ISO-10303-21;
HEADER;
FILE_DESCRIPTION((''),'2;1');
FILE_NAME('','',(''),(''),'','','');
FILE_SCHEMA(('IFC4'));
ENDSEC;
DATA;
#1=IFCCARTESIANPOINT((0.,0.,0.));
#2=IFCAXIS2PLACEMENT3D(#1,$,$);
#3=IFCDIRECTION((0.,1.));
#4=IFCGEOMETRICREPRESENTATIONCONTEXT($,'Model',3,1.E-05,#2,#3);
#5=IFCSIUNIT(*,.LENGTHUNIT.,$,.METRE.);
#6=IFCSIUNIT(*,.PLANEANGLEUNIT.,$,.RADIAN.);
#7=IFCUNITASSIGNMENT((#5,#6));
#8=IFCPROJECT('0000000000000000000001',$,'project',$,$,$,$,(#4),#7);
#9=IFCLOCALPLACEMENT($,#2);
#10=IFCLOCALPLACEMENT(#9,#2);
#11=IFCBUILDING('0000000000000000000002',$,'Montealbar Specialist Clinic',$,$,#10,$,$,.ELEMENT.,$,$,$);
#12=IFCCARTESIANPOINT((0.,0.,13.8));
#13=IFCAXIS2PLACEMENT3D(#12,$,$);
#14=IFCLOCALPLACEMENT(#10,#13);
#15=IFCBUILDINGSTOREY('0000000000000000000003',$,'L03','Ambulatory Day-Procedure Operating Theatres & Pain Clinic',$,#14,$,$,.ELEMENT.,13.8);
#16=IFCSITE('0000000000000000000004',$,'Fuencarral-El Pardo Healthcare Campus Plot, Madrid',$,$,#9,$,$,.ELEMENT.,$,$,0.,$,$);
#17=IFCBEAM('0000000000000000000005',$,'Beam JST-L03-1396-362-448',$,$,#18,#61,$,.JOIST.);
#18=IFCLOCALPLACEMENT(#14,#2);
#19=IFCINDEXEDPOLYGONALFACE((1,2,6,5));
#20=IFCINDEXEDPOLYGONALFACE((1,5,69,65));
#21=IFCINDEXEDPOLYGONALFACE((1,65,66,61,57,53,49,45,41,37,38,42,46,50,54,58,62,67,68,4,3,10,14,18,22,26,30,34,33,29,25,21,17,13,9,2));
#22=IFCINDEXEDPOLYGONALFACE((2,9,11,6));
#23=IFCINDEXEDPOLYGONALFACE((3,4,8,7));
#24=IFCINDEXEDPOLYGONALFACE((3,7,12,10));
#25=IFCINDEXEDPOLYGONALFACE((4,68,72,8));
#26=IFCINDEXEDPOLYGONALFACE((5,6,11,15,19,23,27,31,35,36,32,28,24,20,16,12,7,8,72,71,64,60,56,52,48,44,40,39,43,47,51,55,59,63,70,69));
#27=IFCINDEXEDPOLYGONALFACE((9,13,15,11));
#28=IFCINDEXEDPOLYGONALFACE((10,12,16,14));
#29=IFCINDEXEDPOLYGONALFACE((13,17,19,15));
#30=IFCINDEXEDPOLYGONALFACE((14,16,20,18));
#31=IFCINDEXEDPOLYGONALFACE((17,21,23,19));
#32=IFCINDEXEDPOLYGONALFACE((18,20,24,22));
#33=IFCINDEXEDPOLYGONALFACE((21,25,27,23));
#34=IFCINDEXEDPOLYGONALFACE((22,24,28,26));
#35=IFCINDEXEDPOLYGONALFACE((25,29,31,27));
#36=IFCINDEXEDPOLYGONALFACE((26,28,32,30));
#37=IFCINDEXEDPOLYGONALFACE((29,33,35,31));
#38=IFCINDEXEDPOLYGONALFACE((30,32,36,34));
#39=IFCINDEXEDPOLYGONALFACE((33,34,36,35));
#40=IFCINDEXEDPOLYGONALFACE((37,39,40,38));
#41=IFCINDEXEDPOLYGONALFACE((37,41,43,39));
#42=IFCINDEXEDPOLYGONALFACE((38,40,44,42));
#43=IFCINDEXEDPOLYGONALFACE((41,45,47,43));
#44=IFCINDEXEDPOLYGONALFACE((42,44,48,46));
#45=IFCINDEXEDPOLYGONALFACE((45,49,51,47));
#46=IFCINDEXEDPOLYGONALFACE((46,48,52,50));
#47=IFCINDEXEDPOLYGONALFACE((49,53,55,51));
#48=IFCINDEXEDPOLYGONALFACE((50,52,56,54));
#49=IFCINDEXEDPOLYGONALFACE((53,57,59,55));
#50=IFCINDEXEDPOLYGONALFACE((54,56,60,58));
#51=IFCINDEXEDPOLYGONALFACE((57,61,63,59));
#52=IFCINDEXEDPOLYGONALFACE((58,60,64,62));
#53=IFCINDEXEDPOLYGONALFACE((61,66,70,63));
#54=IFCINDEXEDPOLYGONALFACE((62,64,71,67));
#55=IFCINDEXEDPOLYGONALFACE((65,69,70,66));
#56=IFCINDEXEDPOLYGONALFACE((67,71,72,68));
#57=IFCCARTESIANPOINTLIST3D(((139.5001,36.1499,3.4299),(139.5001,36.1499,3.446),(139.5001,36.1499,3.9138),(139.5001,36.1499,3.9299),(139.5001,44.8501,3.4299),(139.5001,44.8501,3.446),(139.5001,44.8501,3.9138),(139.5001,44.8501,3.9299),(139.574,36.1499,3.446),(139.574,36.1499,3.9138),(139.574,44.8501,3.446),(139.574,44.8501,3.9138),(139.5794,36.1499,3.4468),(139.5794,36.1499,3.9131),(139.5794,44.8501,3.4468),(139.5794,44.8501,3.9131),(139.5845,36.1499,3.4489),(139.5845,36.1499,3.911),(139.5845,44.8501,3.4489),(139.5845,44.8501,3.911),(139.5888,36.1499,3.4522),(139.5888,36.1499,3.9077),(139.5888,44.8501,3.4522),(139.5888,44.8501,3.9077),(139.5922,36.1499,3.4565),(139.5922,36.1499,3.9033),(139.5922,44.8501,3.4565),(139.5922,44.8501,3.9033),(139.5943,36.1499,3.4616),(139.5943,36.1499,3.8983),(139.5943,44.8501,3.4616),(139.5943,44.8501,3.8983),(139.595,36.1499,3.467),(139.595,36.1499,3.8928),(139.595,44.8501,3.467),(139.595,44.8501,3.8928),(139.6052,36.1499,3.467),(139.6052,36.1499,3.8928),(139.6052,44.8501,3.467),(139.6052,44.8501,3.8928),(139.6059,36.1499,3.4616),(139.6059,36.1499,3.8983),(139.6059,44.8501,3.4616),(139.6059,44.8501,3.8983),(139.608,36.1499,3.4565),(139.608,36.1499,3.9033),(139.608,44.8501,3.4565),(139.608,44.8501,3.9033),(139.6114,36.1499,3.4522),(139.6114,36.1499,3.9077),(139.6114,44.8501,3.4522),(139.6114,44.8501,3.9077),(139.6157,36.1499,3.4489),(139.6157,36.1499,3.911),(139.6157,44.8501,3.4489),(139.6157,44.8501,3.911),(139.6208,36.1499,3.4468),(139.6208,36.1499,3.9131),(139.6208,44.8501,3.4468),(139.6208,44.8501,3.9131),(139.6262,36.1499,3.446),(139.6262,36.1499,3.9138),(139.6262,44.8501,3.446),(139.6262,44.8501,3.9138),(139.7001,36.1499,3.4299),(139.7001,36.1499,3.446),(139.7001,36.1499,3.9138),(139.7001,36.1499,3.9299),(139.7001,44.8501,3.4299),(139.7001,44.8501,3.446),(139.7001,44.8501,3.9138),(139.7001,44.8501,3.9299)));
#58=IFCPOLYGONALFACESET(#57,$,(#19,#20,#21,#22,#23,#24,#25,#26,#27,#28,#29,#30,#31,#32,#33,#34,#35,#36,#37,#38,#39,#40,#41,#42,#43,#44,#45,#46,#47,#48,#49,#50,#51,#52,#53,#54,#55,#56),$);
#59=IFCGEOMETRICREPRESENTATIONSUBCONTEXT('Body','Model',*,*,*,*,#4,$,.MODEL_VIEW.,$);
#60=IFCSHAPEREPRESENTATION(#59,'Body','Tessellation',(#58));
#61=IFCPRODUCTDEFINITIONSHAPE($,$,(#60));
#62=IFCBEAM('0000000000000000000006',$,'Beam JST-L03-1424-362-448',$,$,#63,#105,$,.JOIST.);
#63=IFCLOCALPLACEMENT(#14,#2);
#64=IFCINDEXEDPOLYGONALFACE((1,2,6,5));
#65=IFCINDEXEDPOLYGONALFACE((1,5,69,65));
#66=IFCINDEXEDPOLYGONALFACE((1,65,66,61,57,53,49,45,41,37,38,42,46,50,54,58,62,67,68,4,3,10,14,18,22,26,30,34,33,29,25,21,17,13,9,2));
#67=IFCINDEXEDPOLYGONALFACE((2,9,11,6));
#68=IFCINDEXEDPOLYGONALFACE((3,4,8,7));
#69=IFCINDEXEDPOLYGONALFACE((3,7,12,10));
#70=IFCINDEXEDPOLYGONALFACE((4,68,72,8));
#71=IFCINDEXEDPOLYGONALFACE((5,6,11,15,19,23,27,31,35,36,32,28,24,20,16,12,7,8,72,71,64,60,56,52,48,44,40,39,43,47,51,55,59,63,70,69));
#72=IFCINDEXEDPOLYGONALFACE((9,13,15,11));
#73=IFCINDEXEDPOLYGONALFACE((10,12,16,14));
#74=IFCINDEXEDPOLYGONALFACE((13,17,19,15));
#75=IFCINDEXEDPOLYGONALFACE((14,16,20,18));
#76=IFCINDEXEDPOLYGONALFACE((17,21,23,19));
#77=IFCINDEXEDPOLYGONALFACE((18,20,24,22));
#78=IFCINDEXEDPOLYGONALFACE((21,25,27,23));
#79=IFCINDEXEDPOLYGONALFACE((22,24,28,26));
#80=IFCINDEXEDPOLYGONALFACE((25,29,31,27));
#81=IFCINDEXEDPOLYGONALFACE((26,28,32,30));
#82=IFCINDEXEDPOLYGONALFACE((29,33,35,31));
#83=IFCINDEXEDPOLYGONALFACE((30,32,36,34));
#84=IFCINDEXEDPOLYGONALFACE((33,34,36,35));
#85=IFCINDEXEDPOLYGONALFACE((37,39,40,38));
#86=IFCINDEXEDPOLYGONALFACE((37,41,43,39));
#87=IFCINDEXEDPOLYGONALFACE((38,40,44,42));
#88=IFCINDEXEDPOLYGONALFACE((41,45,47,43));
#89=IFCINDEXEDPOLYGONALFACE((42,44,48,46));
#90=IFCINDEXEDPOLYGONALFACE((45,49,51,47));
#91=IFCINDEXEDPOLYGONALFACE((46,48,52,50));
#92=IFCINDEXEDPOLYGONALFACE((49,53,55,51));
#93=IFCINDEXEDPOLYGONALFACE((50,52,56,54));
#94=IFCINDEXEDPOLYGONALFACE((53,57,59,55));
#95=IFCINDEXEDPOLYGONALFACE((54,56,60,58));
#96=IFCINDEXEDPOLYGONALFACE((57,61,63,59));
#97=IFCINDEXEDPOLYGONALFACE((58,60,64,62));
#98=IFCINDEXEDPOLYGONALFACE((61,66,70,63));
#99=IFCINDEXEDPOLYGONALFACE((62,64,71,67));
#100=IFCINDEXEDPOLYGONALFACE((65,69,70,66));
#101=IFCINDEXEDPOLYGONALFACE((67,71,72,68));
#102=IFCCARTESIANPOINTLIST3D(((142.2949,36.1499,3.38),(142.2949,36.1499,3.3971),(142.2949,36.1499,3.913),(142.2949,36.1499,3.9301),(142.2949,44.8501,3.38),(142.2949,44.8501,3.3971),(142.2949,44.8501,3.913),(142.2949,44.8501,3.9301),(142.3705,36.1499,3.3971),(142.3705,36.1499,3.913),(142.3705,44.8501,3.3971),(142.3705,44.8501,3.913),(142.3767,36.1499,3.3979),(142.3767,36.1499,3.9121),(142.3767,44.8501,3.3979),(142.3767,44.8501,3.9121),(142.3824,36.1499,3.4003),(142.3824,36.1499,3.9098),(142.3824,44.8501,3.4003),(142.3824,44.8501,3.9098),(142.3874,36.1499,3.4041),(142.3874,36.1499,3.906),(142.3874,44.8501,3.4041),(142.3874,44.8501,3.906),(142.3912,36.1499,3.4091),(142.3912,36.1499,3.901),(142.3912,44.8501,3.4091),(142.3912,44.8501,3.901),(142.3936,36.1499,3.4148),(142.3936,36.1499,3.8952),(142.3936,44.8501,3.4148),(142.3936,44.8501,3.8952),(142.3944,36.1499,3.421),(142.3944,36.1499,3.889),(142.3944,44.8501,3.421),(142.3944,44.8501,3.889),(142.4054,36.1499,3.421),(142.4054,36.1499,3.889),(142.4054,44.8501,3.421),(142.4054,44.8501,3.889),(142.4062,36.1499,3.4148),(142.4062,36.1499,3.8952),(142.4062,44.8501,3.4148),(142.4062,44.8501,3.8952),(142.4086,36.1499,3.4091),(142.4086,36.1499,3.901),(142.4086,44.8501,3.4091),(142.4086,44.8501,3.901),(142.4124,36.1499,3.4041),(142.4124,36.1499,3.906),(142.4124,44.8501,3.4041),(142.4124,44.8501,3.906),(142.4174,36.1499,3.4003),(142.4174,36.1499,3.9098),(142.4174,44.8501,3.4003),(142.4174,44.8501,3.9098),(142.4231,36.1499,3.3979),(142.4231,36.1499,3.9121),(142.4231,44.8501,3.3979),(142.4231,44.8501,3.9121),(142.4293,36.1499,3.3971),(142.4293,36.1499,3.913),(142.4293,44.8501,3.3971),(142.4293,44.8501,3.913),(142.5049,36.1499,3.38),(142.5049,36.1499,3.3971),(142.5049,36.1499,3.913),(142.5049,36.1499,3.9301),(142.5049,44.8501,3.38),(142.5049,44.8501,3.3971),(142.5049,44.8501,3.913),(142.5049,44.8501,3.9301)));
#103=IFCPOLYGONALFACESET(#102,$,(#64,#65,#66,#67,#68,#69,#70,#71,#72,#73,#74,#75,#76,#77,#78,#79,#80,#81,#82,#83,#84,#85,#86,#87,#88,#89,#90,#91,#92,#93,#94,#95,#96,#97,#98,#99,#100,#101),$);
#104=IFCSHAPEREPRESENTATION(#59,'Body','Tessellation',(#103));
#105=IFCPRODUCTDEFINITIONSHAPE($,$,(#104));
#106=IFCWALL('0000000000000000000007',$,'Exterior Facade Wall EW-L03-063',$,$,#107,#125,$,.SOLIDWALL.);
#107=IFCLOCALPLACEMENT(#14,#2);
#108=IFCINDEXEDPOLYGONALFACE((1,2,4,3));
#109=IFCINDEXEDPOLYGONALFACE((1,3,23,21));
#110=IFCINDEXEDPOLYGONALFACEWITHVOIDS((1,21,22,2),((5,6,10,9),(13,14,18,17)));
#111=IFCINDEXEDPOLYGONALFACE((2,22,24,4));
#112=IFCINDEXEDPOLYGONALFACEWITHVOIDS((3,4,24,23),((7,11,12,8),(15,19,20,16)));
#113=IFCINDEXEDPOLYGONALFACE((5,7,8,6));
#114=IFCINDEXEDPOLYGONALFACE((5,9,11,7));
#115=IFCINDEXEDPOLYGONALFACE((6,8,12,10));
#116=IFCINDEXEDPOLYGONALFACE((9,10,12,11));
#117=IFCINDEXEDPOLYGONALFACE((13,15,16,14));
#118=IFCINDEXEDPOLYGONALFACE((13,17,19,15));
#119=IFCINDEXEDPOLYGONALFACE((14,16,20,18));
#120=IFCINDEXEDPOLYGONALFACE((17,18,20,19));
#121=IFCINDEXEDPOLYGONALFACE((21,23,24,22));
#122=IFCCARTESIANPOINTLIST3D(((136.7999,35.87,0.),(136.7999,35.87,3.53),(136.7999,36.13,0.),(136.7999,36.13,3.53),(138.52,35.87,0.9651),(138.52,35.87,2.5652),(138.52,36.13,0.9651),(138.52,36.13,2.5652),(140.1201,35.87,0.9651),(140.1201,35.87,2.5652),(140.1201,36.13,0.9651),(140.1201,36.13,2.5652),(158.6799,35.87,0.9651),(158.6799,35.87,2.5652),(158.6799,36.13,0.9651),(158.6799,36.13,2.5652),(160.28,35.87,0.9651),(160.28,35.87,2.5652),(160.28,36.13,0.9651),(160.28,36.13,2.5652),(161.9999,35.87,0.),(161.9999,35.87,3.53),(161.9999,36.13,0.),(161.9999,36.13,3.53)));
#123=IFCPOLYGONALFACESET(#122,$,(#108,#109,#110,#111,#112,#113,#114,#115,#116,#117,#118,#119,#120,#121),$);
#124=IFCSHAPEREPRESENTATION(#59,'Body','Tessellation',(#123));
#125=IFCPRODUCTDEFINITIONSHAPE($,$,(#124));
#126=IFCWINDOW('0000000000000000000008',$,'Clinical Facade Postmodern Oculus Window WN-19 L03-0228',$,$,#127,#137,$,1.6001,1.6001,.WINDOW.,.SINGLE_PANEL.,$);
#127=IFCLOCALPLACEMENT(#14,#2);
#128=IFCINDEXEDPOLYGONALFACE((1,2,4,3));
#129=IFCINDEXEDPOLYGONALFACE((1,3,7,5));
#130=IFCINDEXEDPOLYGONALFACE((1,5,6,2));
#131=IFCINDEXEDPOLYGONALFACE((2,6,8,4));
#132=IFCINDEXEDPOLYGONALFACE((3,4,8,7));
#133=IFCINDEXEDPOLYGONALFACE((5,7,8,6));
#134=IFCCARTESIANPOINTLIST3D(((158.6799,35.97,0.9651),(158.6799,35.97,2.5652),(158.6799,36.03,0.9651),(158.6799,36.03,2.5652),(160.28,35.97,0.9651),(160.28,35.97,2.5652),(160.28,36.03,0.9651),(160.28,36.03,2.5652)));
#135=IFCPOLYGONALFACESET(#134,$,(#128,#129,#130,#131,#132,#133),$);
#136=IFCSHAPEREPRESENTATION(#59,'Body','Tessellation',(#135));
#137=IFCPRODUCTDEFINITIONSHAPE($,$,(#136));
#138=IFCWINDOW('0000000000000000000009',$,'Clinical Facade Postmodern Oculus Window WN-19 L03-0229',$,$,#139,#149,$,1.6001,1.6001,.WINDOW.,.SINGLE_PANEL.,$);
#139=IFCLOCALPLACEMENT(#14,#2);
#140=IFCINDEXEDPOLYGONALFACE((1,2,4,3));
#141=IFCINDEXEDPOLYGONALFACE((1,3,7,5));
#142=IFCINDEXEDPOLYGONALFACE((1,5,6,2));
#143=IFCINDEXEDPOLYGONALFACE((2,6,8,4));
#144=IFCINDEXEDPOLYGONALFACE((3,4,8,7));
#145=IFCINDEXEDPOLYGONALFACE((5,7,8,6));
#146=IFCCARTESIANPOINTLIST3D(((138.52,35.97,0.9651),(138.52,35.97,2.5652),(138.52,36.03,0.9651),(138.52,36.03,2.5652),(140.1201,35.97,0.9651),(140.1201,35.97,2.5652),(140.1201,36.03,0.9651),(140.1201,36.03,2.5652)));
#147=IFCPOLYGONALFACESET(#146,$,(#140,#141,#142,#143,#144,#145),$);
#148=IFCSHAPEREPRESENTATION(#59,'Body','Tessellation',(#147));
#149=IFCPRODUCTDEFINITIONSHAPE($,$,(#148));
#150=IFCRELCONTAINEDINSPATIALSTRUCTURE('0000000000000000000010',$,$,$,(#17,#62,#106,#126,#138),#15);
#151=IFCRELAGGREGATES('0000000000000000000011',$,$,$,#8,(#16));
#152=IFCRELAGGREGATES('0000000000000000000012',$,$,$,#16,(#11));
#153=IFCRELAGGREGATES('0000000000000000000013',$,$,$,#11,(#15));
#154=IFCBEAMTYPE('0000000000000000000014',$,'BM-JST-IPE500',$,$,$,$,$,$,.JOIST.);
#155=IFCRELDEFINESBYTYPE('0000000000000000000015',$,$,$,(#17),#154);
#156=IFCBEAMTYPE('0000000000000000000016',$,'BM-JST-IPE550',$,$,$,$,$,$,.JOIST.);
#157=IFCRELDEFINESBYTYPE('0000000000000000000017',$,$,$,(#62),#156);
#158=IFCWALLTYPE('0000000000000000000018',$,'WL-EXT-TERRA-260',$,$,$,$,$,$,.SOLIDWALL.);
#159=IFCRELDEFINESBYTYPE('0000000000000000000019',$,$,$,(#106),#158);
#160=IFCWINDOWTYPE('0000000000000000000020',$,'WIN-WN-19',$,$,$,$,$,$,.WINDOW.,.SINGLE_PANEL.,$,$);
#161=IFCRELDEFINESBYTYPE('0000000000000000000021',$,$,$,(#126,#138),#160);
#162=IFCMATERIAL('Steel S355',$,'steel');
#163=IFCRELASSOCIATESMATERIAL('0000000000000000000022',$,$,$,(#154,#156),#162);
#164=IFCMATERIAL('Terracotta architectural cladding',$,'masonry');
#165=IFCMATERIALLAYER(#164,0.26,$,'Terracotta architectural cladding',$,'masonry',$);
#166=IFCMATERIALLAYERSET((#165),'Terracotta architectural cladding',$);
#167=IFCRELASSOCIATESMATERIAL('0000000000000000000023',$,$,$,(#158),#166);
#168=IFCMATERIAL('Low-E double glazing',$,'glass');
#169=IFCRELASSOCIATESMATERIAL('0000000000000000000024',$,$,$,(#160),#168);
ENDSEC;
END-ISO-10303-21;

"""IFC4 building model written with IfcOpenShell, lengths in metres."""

from ifc_helpers import new_model, si_unit, direction, frame, frame_2d, origin, origin_2d, place, context, subcontext, project, spatial, rectangle, i_section, extrude, material, layer, layer_set, material_profile, profile_set, type_object, element, fill, save


model = new_model("IFC4")

# Units and contexts
model_context = context("Model", 3, precision=1e-05, world=origin(), true_north=direction((0.0, 1.0)))
body_context = subcontext(model_context, "Body", "Model", "MODEL_VIEW")
ifc_project = project(units=[si_unit("LENGTHUNIT", "METRE"), si_unit("PLANEANGLEUNIT", "RADIAN")], contexts=[model_context])

# Site, building, storey
site_placement = place(None, origin())
site = spatial("IfcSite", under=ifc_project, at=site_placement, Name="Fuencarral-El Pardo Healthcare Campus Plot, Madrid", CompositionType="ELEMENT", RefElevation=0.0)
building_placement = place(site_placement, origin())
building = spatial("IfcBuilding", under=site, at=building_placement, Name="Montealbar Specialist Clinic", CompositionType="ELEMENT")
storey_placement = place(building_placement, frame((0.0, 0.0, 13.8)))
storey = spatial("IfcBuildingStorey", under=building, at=storey_placement, Name="L03", Description="Ambulatory Day-Procedure Operating Theatres & Pain Clinic", CompositionType="ELEMENT", Elevation=13.8)

# Shared definitions
ifc_material_1 = material(Name="Steel S355", Category="steel")

# Beams
ifc_material_profile_1 = material_profile(ifc_material_1, i_section(OverallWidth=0.2, OverallDepth=0.5, WebThickness=0.0103, FlangeThickness=0.0161, FilletRadius=0.021, at=origin_2d()), Name="IPE 500", Category="steel")
ifc_profile_set_1 = profile_set([ifc_material_profile_1], Name="Steel S355")
beam_type_1 = type_object("IfcBeamType", Name="BM-JST-IPE500", PredefinedType="JOIST", material=ifc_profile_set_1)
beam_1_placement = place(storey_placement, frame((139.6001, 36.1499, 3.6799), z_axis=(0.0, 1.0, 0.0), x_axis=(-1.0, 0.0, 0.0)))
element("IfcBeam", 1, at=beam_1_placement, inside=storey, type_object=beam_type_1, Name="Beam JST-L03-1396-362-448", PredefinedType="JOIST", context=body_context, shape_type="SweptSolid", body=[
    extrude(i_section(OverallWidth=0.2, OverallDepth=0.5, WebThickness=0.0103, FlangeThickness=0.0161, FilletRadius=0.021, at=origin_2d()), origin(), (0.0, 0.0, 1.0), 8.7002),
])
ifc_material_profile_2 = material_profile(ifc_material_1, i_section(OverallWidth=0.21, OverallDepth=0.55, WebThickness=0.011, FlangeThickness=0.0171, FilletRadius=0.0239, at=origin_2d()), Name="IPE 550", Category="steel")
ifc_profile_set_2 = profile_set([ifc_material_profile_2], Name="Steel S355")
beam_type_2 = type_object("IfcBeamType", Name="BM-JST-IPE550", PredefinedType="JOIST", material=ifc_profile_set_2)
beam_2_placement = place(storey_placement, frame((142.3999, 36.1499, 3.655), z_axis=(0.0, 1.0, 0.0), x_axis=(-1.0, 0.0, 0.0)))
element("IfcBeam", 2, at=beam_2_placement, inside=storey, type_object=beam_type_2, Name="Beam JST-L03-1424-362-448", PredefinedType="JOIST", context=body_context, shape_type="SweptSolid", body=[
    extrude(i_section(OverallWidth=0.21, OverallDepth=0.55, WebThickness=0.011, FlangeThickness=0.0171, FilletRadius=0.0239, at=origin_2d()), origin(), (0.0, 0.0, 1.0), 8.7002),
])

# Wall, openings, windows
ifc_material_2 = material(Name="Terracotta architectural cladding", Category="masonry")
ifc_layer_1 = layer(ifc_material_2, 0.26, Name="Terracotta architectural cladding", Category="masonry")
ifc_layer_set_1 = layer_set([ifc_layer_1], Name="Terracotta architectural cladding")
wall_type_1 = type_object("IfcWallType", Name="WL-EXT-TERRA-260", PredefinedType="SOLIDWALL", material=ifc_layer_set_1)
wall_1_placement = place(storey_placement, frame((162.0, 36.0, 0.0), z_axis=(0.0, 0.0, 1.0), x_axis=(-1.0, 0.0, 0.0)))
wall_1 = element("IfcWall", 3, at=wall_1_placement, inside=storey, type_object=wall_type_1, Name="Exterior Facade Wall EW-L03-063", PredefinedType="SOLIDWALL", context=body_context, shape_type="SweptSolid", body=[
    extrude(rectangle(XDim=25.2, YDim=0.26, at=frame_2d((12.6001, 0.0))), origin(), (0.0, 0.0, 1.0), 3.53),
])
opening_1_placement = place(wall_1_placement, frame((1.72, 0.0, 0.9651)))
opening_1 = element("IfcOpeningElement", 4, at=opening_1_placement, cuts=wall_1, PredefinedType="OPENING", context=body_context, shape_type="SweptSolid", body=[
    extrude(rectangle(XDim=1.6001, YDim=1.6001, at=frame_2d((0.8, 0.8))), frame((0.0, 0.1399, 0.0), z_axis=(0.0, -1.0, 0.0), x_axis=(1.0, 0.0, 0.0)), (0.0, 0.0, 1.0), 0.28),
])
opening_2_placement = place(wall_1_placement, frame((21.8799, 0.0, 0.9651)))
opening_2 = element("IfcOpeningElement", 5, at=opening_2_placement, cuts=wall_1, PredefinedType="OPENING", context=body_context, shape_type="SweptSolid", body=[
    extrude(rectangle(XDim=1.6001, YDim=1.6001, at=frame_2d((0.8, 0.8))), frame((0.0, 0.1399, 0.0), z_axis=(0.0, -1.0, 0.0), x_axis=(1.0, 0.0, 0.0)), (0.0, 0.0, 1.0), 0.28),
])
ifc_material_3 = material(Name="Low-E double glazing", Category="glass")
window_type_1 = type_object("IfcWindowType", Name="WIN-WN-19", PartitioningType="SINGLE_PANEL", PredefinedType="WINDOW", material=ifc_material_3)
window_1_placement = place(opening_1_placement, origin())
window_1 = element("IfcWindow", 6, at=window_1_placement, inside=storey, type_object=window_type_1, Name="Clinical Facade Postmodern Oculus Window WN-19 L03-0228", OverallHeight=1.6001, OverallWidth=1.6001, PartitioningType="SINGLE_PANEL", PredefinedType="WINDOW", context=body_context, shape_type="SweptSolid", body=[
    extrude(rectangle(XDim=1.6001, YDim=1.6001, at=frame_2d((0.8, 0.8))), frame((0.0, 0.03, 0.0), z_axis=(0.0, -1.0, 0.0), x_axis=(1.0, 0.0, 0.0)), (0.0, 0.0, 1.0), 0.0601),
])
fill(opening_1, window_1)
window_2_placement = place(opening_2_placement, origin())
window_2 = element("IfcWindow", 7, at=window_2_placement, inside=storey, type_object=window_type_1, Name="Clinical Facade Postmodern Oculus Window WN-19 L03-0229", OverallHeight=1.6001, OverallWidth=1.6001, PartitioningType="SINGLE_PANEL", PredefinedType="WINDOW", context=body_context, shape_type="SweptSolid", body=[
    extrude(rectangle(XDim=1.6001, YDim=1.6001, at=frame_2d((0.8, 0.8))), frame((0.0, 0.03, 0.0), z_axis=(0.0, -1.0, 0.0), x_axis=(1.0, 0.0, 0.0)), (0.0, 0.0, 1.0), 0.0601),
])
fill(opening_2, window_2)

save(model, "model.ifc")
